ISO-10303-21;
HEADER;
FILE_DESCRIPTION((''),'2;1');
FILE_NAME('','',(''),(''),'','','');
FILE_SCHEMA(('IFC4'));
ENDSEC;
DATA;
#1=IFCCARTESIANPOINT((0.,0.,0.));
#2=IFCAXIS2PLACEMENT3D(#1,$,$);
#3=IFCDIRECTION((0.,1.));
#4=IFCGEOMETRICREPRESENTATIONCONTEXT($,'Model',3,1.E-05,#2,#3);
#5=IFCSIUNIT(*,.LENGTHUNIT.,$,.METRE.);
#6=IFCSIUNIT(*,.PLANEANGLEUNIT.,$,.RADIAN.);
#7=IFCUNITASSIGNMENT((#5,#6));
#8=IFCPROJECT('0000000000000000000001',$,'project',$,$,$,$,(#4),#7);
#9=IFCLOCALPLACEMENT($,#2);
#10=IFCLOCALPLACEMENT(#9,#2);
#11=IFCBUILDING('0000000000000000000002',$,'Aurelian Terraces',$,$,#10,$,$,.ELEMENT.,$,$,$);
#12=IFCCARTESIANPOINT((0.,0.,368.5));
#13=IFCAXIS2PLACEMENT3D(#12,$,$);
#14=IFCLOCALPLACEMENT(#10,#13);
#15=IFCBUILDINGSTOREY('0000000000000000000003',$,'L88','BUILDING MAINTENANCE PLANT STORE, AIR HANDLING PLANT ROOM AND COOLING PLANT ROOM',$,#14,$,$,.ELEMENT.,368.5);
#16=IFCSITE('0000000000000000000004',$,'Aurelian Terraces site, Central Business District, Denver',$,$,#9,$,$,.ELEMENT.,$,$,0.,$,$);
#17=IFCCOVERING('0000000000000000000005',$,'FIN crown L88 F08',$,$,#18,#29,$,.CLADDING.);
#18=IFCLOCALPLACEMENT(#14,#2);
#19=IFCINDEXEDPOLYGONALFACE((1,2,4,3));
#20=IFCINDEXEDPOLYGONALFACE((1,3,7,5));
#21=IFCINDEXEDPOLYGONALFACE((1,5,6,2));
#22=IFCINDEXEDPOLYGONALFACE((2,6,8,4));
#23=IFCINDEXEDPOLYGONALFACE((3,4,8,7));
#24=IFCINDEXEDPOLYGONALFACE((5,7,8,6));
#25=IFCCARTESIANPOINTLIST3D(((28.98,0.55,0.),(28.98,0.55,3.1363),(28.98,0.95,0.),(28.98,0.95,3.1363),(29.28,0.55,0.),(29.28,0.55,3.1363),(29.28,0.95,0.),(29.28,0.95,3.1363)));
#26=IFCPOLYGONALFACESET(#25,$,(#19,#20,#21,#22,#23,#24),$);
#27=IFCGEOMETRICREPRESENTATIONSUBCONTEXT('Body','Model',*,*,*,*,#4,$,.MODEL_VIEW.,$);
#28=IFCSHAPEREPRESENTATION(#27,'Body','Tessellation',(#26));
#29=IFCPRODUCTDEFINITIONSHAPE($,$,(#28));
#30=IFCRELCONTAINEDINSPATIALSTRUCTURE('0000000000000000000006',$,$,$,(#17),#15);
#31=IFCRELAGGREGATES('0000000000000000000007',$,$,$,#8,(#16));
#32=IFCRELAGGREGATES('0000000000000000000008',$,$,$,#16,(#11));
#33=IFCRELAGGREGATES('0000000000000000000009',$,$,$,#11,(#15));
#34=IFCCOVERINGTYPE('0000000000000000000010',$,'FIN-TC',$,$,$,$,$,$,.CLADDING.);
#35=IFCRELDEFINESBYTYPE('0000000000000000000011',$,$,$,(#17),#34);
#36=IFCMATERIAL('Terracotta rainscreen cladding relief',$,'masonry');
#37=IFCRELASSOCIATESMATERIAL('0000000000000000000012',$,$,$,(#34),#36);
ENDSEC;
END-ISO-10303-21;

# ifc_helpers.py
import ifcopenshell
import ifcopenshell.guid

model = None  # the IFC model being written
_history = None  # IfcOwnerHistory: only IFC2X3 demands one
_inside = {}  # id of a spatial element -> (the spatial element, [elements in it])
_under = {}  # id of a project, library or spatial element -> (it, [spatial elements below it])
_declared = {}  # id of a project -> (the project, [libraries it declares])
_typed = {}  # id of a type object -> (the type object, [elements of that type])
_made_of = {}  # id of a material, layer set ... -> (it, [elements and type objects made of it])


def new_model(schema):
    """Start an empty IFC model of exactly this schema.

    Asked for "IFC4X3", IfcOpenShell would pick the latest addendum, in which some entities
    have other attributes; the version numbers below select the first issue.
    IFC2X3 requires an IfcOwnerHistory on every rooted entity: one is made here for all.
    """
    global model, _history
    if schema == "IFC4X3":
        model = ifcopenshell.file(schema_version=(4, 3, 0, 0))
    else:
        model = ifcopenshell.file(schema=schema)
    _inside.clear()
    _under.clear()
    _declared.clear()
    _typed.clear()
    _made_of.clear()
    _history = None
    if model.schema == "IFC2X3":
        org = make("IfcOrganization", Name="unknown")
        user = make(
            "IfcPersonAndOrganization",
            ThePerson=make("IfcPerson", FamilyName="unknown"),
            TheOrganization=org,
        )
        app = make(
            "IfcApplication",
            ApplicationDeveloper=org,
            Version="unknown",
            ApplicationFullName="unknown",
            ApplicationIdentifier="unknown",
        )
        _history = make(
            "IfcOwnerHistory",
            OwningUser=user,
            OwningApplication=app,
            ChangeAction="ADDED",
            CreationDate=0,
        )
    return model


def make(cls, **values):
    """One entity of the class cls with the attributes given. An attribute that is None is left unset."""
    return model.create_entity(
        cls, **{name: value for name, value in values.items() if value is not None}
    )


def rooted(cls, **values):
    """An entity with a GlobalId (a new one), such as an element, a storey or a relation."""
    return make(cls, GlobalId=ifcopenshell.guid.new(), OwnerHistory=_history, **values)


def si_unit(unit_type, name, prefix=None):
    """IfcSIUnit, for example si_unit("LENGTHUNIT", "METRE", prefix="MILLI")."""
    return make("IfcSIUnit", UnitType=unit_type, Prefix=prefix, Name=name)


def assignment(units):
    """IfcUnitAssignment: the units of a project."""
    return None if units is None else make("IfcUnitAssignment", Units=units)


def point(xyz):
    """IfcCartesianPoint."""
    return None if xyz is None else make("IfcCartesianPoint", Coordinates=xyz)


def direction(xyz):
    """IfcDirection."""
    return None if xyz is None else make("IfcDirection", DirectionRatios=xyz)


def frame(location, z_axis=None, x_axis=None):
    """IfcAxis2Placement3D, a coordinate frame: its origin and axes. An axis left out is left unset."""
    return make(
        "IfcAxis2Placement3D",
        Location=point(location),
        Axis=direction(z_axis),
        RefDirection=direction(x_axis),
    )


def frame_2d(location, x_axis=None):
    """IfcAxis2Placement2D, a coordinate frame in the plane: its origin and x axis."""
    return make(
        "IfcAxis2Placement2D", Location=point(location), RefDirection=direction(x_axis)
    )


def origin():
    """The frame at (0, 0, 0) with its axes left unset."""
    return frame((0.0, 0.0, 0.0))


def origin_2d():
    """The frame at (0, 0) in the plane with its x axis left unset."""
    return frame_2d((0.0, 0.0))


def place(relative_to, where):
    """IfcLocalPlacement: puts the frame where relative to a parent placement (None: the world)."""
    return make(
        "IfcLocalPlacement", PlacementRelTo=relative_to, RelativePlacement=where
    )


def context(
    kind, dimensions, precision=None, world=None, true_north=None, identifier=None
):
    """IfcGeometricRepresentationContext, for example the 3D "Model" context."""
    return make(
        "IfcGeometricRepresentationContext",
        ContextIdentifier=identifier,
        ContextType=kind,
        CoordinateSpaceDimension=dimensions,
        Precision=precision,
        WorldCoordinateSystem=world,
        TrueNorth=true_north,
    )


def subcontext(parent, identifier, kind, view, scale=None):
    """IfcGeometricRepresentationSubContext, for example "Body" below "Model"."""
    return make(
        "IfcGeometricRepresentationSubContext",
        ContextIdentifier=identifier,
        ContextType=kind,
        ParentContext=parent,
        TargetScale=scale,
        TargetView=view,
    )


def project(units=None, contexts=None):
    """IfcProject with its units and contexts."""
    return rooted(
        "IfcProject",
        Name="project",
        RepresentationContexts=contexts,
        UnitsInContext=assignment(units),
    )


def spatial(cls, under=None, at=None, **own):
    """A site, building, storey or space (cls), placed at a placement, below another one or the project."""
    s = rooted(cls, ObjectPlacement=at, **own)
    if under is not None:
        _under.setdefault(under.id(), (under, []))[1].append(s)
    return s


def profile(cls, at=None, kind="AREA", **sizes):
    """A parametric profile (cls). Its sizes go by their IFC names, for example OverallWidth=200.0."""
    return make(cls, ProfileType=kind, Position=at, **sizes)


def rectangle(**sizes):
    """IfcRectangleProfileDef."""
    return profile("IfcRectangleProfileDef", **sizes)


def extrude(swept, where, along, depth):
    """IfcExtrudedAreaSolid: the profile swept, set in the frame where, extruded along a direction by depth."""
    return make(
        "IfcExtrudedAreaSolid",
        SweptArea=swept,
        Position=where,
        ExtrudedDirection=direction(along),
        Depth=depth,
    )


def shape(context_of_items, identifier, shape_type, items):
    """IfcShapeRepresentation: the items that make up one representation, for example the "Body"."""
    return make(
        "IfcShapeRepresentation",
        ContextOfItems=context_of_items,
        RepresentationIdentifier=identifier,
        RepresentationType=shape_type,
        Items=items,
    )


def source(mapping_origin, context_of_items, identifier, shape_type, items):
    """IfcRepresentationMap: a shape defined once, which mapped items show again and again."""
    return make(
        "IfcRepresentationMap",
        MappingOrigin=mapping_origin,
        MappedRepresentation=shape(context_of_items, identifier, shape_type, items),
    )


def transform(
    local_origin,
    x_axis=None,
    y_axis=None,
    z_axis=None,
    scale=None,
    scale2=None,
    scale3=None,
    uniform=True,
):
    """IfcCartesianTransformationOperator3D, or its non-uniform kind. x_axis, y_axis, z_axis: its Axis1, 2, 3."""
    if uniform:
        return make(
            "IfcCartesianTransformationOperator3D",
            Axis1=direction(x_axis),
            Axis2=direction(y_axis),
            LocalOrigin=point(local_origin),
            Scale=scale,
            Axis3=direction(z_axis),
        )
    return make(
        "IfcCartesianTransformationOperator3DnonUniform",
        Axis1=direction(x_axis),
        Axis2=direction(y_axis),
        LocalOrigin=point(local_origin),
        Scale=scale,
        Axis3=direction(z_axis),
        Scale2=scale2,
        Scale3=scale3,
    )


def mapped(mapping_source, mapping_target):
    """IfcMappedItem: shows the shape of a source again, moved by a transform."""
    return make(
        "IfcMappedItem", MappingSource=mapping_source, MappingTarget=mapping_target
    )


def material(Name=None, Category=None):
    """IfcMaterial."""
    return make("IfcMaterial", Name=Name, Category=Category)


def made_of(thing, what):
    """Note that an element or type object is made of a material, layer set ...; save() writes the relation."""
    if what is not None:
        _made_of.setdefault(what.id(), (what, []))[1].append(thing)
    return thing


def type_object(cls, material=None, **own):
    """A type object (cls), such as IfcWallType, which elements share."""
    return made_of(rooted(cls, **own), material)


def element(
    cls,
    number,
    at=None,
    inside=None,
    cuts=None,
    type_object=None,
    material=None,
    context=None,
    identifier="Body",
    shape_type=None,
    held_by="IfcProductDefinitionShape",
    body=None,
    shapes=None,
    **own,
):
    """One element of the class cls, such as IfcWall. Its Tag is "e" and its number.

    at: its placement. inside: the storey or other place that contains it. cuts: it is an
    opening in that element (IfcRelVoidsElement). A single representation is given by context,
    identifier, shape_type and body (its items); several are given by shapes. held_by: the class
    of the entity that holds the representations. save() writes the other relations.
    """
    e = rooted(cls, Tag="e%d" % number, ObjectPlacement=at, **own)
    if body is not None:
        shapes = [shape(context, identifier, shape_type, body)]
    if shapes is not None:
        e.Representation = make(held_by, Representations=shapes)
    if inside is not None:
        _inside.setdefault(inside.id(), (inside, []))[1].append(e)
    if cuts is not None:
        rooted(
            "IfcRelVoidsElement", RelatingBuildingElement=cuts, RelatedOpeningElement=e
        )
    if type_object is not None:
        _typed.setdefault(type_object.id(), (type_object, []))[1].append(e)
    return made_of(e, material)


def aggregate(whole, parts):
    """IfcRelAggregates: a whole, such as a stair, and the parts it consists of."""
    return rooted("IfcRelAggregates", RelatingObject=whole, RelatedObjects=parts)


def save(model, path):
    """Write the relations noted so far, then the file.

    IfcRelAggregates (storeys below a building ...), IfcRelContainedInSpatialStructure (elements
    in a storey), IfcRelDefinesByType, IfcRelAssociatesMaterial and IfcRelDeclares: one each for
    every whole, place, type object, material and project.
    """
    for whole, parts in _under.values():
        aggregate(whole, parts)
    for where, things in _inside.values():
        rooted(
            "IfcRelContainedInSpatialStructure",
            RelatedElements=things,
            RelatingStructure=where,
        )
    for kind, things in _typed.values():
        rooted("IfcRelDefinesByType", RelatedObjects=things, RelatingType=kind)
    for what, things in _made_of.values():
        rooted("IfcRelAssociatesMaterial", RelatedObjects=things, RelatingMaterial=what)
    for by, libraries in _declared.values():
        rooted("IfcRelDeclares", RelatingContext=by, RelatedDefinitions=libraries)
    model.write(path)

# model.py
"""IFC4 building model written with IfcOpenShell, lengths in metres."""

from ifc_helpers import new_model, si_unit, direction, frame, origin, origin_2d, place, context, subcontext, project, spatial, rectangle, extrude, source, transform, mapped, material, type_object, element, save


model = new_model("IFC4")

# Units and contexts
model_context = context("Model", 3, precision=1e-05, world=origin(), true_north=direction((0.0, 1.0)))
body_context = subcontext(model_context, "Body", "Model", "MODEL_VIEW")
ifc_project = project(units=[si_unit("LENGTHUNIT", "METRE"), si_unit("PLANEANGLEUNIT", "RADIAN")], contexts=[model_context])

# Site, building, storey
site_placement = place(None, origin())
site = spatial("IfcSite", under=ifc_project, at=site_placement, Name="Aurelian Terraces site, Central Business District, Denver", CompositionType="ELEMENT", RefElevation=0.0)
building_placement = place(site_placement, origin())
building = spatial("IfcBuilding", under=site, at=building_placement, Name="Aurelian Terraces", CompositionType="ELEMENT")
storey_placement = place(building_placement, frame((0.0, 0.0, 368.5)))
storey = spatial("IfcBuildingStorey", under=building, at=storey_placement, Name="L88", Description="BUILDING MAINTENANCE PLANT STORE, AIR HANDLING PLANT ROOM AND COOLING PLANT ROOM", CompositionType="ELEMENT", Elevation=368.5)

# Covering
ifc_material_1 = material(Name="Terracotta rainscreen cladding relief", Category="masonry")
covering_type_1 = type_object("IfcCoveringType", Name="FIN-TC", PredefinedType="CLADDING", material=ifc_material_1)
shared_shape_1 = source(origin(), body_context, "Body", "SweptSolid", [
    extrude(rectangle(XDim=0.3, YDim=0.4, at=origin_2d()), origin(), (0.0, 0.0, 1.0), 3.1363),
])
covering_1_placement = place(storey_placement, frame((29.13, 0.75, 0.0), z_axis=(0.0, 0.0, 1.0), x_axis=(1.0, 0.0, 0.0)))
element("IfcCovering", 1, at=covering_1_placement, inside=storey, type_object=covering_type_1, Name="FIN crown L88 F08", PredefinedType="CLADDING", context=body_context, shape_type="MappedRepresentation", body=[
    mapped(shared_shape_1, transform((0.0, 0.0, 0.0), scale=1.0)),
])

save(model, "model.ifc")
